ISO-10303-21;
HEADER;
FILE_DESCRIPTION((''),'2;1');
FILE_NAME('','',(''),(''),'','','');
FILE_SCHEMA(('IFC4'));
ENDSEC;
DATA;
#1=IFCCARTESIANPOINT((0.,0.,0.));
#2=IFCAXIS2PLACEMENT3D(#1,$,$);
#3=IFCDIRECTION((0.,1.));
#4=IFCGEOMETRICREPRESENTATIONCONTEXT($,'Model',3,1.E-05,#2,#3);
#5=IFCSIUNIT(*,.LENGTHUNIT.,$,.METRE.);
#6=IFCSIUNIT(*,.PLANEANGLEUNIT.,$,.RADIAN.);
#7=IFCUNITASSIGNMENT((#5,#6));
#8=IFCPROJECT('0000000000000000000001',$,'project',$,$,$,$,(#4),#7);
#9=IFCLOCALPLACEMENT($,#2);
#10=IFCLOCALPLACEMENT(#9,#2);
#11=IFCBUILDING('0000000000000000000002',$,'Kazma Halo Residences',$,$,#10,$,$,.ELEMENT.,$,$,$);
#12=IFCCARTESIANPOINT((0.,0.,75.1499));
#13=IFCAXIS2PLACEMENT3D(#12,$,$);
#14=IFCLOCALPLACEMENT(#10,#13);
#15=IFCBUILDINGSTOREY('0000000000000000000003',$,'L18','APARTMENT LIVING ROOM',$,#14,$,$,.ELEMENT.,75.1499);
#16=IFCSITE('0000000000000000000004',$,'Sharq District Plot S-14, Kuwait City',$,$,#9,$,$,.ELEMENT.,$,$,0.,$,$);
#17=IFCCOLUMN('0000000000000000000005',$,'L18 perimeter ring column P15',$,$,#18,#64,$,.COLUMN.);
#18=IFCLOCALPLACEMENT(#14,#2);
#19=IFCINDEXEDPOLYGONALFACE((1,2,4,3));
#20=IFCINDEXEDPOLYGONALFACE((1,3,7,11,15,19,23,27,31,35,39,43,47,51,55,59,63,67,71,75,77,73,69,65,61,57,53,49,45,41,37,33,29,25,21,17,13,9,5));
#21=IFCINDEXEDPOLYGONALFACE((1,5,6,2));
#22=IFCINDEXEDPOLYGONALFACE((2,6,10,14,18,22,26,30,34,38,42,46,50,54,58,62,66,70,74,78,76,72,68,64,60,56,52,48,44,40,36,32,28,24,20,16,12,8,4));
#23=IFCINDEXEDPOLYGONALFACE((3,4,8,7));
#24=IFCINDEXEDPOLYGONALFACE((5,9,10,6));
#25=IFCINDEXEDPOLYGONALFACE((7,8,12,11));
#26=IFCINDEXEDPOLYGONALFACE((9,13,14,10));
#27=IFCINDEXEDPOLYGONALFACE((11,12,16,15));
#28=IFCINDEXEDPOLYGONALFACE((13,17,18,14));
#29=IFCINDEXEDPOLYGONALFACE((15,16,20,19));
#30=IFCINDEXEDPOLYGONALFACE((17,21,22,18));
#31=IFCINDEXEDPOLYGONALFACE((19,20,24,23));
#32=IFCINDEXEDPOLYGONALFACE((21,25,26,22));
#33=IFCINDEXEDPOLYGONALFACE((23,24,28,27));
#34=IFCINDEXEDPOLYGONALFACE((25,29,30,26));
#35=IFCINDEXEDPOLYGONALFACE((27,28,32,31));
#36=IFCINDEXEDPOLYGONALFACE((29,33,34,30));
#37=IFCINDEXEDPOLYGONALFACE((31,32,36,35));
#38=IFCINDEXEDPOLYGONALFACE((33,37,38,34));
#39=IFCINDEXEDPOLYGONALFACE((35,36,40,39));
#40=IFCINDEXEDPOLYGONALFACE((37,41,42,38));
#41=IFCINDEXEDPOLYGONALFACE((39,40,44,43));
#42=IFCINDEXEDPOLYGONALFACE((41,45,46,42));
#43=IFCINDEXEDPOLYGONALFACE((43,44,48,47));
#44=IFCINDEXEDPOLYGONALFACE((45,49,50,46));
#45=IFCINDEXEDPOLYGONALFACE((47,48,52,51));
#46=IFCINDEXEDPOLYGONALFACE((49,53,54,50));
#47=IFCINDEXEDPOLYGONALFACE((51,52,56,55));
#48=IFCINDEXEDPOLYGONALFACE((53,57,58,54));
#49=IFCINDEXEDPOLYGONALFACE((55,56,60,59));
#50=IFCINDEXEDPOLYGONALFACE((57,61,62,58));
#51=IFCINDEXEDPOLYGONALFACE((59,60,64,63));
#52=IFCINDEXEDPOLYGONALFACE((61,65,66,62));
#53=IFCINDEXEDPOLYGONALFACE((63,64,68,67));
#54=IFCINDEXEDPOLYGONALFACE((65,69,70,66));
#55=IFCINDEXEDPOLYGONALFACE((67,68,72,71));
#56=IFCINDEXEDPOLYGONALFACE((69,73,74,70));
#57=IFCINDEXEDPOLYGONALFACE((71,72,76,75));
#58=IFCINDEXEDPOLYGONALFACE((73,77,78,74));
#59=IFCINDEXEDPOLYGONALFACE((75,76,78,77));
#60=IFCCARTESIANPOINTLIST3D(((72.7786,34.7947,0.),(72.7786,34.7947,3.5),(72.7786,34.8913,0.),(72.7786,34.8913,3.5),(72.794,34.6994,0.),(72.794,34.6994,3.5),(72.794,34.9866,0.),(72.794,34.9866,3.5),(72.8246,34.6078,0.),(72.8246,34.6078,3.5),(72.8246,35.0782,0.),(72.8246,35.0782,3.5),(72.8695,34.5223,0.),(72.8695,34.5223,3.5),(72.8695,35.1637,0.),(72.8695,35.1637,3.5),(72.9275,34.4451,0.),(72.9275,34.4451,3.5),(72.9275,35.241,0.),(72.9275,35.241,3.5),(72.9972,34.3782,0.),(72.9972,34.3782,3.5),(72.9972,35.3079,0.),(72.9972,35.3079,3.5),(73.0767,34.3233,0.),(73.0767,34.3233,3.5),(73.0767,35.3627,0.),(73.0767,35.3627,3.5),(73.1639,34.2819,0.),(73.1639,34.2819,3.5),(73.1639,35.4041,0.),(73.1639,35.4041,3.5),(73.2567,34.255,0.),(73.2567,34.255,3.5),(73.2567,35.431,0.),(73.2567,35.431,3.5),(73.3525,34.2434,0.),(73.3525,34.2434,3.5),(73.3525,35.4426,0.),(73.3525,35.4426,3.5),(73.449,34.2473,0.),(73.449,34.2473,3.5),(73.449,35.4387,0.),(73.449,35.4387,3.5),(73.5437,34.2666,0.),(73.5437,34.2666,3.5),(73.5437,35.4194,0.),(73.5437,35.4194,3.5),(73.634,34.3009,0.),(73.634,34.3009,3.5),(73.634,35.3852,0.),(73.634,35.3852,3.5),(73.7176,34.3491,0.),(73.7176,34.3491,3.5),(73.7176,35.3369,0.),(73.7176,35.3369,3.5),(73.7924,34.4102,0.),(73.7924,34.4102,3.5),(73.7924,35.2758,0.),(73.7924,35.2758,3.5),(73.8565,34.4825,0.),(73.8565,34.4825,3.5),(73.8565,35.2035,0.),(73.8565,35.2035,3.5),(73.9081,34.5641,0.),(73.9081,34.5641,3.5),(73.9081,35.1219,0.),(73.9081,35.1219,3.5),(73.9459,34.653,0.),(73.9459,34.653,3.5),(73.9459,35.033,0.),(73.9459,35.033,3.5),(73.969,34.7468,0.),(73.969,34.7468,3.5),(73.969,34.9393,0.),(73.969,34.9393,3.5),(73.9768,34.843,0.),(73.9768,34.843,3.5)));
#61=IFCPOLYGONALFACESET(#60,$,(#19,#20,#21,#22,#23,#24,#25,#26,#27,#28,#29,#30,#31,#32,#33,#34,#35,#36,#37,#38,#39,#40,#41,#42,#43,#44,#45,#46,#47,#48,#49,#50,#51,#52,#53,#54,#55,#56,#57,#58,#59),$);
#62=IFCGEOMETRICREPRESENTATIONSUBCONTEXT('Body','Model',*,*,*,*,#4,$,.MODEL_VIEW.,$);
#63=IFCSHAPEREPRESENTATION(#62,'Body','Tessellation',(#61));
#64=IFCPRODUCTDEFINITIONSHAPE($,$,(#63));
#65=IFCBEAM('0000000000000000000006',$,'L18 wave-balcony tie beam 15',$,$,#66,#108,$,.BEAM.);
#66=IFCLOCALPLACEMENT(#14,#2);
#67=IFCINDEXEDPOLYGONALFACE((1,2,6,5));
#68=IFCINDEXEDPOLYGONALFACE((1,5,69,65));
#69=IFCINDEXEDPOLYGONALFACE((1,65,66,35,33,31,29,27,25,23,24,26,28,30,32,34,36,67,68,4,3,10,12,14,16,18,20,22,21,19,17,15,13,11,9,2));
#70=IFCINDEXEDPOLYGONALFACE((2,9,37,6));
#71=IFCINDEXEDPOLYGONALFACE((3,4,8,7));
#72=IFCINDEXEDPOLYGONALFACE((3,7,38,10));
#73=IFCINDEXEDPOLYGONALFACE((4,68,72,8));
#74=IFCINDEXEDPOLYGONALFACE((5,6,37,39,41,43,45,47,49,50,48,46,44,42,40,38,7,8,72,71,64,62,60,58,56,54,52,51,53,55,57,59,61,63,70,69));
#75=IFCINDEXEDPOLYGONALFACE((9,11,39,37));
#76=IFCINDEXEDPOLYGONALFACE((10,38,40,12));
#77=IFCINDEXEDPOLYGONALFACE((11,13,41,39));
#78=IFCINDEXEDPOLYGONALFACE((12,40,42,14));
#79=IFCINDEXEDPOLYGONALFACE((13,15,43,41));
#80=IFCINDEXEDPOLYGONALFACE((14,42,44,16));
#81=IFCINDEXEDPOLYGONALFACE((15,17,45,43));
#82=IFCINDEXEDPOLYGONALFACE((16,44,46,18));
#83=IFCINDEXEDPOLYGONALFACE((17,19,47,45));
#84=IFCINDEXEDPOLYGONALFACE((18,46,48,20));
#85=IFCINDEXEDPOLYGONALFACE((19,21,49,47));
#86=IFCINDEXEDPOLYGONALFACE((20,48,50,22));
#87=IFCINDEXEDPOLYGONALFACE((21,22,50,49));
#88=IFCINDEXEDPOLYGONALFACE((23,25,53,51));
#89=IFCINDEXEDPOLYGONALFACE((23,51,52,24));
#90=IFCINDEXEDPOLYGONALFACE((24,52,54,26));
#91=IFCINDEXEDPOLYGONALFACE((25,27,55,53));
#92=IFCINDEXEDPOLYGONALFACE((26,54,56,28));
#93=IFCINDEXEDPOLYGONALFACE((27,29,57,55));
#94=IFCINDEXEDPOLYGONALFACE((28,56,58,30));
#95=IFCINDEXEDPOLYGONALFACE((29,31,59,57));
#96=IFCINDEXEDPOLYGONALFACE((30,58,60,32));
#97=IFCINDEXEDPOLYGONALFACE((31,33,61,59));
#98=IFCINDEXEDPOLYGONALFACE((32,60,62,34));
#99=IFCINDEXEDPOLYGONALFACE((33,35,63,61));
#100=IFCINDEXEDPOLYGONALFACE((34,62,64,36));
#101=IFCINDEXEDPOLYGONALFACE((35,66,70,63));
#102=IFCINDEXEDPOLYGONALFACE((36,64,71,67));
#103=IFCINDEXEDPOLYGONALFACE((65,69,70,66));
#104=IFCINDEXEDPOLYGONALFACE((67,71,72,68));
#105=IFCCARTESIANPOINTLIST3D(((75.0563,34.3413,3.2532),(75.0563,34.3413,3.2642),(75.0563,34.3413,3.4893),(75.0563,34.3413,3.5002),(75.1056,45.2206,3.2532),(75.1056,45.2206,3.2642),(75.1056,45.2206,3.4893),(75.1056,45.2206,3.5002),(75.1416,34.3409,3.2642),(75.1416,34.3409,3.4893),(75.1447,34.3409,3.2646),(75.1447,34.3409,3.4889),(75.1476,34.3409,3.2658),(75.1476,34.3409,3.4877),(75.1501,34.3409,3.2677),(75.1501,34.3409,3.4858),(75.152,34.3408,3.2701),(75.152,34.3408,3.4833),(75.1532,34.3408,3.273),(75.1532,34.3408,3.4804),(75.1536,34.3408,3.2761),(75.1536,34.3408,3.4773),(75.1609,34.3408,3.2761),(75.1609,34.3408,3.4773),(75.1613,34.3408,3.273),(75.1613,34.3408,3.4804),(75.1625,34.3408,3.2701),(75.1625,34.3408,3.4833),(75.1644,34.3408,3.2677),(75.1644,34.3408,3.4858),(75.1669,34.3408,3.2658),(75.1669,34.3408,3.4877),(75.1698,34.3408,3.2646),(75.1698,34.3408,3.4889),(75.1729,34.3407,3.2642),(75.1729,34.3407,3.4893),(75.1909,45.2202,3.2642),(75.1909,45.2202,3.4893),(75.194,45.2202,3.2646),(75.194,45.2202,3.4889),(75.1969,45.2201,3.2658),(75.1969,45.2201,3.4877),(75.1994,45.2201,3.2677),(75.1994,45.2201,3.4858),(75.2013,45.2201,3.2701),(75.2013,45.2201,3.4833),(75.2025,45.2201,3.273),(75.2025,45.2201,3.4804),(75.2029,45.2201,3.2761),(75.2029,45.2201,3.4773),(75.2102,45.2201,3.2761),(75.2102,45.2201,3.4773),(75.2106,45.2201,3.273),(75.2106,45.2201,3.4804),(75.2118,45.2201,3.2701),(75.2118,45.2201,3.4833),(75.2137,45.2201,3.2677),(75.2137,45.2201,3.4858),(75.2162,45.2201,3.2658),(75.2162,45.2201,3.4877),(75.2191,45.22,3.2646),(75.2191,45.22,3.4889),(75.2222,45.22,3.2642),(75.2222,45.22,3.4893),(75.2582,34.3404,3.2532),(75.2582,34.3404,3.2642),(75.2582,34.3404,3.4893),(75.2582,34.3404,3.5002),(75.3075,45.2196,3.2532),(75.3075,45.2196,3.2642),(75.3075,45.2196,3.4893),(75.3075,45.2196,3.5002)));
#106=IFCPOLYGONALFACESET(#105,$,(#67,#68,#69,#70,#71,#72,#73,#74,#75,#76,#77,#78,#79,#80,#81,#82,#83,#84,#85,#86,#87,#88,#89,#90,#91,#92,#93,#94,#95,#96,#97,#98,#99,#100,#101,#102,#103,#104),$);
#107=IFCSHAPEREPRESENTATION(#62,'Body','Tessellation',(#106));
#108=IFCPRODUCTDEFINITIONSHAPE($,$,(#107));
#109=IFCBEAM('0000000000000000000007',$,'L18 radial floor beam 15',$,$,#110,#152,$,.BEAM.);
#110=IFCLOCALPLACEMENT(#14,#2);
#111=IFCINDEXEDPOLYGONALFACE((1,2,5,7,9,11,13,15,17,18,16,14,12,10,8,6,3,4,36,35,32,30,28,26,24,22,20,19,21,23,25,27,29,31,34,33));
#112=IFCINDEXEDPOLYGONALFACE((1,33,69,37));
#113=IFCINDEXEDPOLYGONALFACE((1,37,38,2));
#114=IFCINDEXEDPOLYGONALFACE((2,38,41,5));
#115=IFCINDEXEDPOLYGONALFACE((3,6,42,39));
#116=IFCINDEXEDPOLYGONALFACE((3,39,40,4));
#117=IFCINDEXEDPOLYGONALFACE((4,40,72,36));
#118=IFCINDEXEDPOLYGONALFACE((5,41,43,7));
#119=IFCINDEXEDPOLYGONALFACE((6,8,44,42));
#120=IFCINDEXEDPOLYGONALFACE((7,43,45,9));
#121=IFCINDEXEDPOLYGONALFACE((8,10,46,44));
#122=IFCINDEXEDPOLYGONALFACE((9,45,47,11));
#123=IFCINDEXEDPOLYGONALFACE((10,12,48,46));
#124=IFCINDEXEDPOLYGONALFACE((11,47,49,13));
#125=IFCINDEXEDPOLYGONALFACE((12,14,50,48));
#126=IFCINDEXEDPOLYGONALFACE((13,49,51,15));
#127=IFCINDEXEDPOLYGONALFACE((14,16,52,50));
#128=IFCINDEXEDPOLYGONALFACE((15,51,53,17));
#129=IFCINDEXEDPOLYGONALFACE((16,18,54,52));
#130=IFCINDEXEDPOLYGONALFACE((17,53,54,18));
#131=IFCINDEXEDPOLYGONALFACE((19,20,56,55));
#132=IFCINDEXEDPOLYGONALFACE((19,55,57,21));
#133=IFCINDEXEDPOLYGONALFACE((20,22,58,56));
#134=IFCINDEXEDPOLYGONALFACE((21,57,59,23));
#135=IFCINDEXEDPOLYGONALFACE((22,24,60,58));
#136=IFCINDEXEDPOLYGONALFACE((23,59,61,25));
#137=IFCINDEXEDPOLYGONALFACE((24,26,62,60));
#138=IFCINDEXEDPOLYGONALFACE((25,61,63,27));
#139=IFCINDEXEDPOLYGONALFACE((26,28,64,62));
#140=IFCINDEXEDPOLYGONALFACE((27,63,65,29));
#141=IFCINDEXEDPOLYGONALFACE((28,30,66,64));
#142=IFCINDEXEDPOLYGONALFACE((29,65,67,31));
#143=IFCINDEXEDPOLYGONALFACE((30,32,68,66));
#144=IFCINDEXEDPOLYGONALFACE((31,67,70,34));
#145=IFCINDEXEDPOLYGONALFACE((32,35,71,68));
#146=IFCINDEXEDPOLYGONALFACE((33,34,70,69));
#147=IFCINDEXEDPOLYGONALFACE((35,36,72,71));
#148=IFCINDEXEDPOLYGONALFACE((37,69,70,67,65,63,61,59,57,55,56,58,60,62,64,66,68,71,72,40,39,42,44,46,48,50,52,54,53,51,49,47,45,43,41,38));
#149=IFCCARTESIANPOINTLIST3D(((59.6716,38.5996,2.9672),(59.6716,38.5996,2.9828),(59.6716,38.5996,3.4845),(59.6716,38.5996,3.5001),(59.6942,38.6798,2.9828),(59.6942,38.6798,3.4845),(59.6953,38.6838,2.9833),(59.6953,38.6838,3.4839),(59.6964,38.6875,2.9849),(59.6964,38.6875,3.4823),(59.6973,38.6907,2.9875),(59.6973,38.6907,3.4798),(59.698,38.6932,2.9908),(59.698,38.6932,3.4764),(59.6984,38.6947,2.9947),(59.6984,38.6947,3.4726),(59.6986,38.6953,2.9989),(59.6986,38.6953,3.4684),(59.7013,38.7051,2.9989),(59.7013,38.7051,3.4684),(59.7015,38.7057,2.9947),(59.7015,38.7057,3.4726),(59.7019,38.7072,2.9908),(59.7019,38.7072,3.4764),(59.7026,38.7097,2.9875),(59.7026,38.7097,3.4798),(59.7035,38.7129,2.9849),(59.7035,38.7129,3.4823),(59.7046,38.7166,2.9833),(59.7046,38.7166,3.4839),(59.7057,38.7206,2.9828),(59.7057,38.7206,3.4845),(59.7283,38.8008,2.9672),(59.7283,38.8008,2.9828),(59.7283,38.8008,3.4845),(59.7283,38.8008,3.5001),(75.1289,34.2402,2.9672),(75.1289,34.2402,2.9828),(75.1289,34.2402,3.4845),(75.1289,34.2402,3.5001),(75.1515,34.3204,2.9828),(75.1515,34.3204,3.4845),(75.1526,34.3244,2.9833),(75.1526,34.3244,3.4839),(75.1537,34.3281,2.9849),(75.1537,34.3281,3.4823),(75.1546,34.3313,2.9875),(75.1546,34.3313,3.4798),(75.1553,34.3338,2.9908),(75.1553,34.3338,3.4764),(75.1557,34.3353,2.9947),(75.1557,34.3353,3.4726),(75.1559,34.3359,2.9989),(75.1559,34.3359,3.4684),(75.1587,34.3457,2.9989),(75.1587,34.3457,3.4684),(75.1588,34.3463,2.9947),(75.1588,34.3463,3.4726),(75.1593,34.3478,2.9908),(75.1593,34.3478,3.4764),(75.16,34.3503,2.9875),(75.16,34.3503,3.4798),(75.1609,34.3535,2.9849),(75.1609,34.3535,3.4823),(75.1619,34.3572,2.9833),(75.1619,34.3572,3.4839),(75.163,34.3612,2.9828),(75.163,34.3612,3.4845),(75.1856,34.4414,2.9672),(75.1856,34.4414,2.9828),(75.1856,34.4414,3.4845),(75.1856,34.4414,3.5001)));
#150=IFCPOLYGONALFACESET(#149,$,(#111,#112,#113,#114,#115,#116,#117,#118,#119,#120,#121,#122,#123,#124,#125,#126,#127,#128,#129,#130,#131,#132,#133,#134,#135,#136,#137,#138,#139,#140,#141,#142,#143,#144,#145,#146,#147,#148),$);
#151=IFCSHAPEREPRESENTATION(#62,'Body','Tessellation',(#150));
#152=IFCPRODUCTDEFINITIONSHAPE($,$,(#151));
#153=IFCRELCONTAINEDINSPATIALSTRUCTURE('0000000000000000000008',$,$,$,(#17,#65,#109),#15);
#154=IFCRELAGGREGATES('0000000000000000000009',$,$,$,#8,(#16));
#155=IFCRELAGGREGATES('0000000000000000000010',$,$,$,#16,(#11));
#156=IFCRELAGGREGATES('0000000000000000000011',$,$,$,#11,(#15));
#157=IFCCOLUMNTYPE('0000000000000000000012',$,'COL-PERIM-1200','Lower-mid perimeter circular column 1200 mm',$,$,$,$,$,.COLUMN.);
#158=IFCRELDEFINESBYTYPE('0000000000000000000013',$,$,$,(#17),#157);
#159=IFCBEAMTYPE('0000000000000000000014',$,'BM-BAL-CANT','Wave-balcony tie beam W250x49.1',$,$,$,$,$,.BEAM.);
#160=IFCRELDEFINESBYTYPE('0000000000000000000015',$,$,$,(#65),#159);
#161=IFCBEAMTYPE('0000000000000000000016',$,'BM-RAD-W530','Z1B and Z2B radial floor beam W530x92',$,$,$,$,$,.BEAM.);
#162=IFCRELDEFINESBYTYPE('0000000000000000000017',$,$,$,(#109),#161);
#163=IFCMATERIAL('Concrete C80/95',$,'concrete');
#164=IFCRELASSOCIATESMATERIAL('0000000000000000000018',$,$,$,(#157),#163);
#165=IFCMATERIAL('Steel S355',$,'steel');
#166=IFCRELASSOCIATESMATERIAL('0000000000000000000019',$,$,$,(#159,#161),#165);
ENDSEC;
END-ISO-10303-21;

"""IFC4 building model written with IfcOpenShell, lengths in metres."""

from ifc_helpers import new_model, si_unit, direction, frame, origin, origin_2d, place, context, subcontext, project, spatial, circle, i_section, extrude, material, material_profile, profile_set, type_object, element, save


model = new_model("IFC4")

# Units and contexts
model_context = context("Model", 3, precision=1e-05, world=origin(), true_north=direction((0.0, 1.0)))
body_context = subcontext(model_context, "Body", "Model", "MODEL_VIEW")
ifc_project = project(units=[si_unit("LENGTHUNIT", "METRE"), si_unit("PLANEANGLEUNIT", "RADIAN")], contexts=[model_context])

# Site, building, storey
site_placement = place(None, origin())
site = spatial("IfcSite", under=ifc_project, at=site_placement, Name="Sharq District Plot S-14, Kuwait City", CompositionType="ELEMENT", RefElevation=0.0)
building_placement = place(site_placement, origin())
building = spatial("IfcBuilding", under=site, at=building_placement, Name="Kazma Halo Residences", CompositionType="ELEMENT")
storey_placement = place(building_placement, frame((0.0, 0.0, 75.1499)))
storey = spatial("IfcBuildingStorey", under=building, at=storey_placement, Name="L18", Description="APARTMENT LIVING ROOM", CompositionType="ELEMENT", Elevation=75.1499)

# Column
ifc_material_1 = material(Name="Concrete C80/95", Category="concrete")
ifc_material_profile_1 = material_profile(ifc_material_1, circle(Radius=0.6001, at=origin_2d()), Name="CIRC1200")
ifc_profile_set_1 = profile_set([ifc_material_profile_1], Name="Concrete C80/95")
column_type = type_object("IfcColumnType", Name="COL-PERIM-1200", Description="Lower-mid perimeter circular column 1200 mm", PredefinedType="COLUMN", material=ifc_profile_set_1)
column_placement = place(storey_placement, frame((73.3767, 34.843, 0.0), z_axis=(0.0, 0.0, 1.0), x_axis=(1.0, 0.0, 0.0)))
element("IfcColumn", 1, at=column_placement, inside=storey, type_object=column_type, Name="L18 perimeter ring column P15", PredefinedType="COLUMN", context=body_context, shape_type="SweptSolid", body=[
    extrude(circle(Radius=0.6001, at=origin_2d()), origin(), (0.0, 0.0, 1.0), 3.5),
])

# Beams
ifc_material_2 = material(Name="Steel S355", Category="steel")
ifc_material_profile_2 = material_profile(ifc_material_2, i_section(OverallWidth=0.2019, OverallDepth=0.2471, WebThickness=0.0073, FlangeThickness=0.011, FilletRadius=0.012, at=origin_2d()), Name="W250x49.1")
ifc_profile_set_2 = profile_set([ifc_material_profile_2], Name="Steel S355")
beam_type_1 = type_object("IfcBeamType", Name="BM-BAL-CANT", Description="Wave-balcony tie beam W250x49.1", PredefinedType="BEAM", material=ifc_profile_set_2)
beam_1_placement = place(storey_placement, frame((75.1572, 34.3408, 3.3767), z_axis=(0.004533, 0.99999, 0.0), x_axis=(-0.99999, 0.004533, 0.0)))
element("IfcBeam", 2, at=beam_1_placement, inside=storey, type_object=beam_type_1, Name="L18 wave-balcony tie beam 15", PredefinedType="BEAM", context=body_context, shape_type="SweptSolid", body=[
    extrude(i_section(OverallWidth=0.2019, OverallDepth=0.2471, WebThickness=0.0073, FlangeThickness=0.011, FilletRadius=0.012, at=origin_2d()), origin(), (0.0, 0.0, 1.0), 10.8794),
])
ifc_material_profile_3 = material_profile(ifc_material_2, i_section(OverallWidth=0.209, OverallDepth=0.533, WebThickness=0.0103, FlangeThickness=0.0156, FilletRadius=0.0161, at=origin_2d()), Name="W530x92")
ifc_profile_set_3 = profile_set([ifc_material_profile_3], Name="Steel S355")
beam_type_2 = type_object("IfcBeamType", Name="BM-RAD-W530", Description="Z1B and Z2B radial floor beam W530x92", PredefinedType="BEAM", material=ifc_profile_set_3)
beam_2_placement = place(storey_placement, frame((59.7, 38.7002, 3.2336), z_axis=(0.962456, -0.271439, 0.0), x_axis=(0.271439, 0.962456, 0.0)))
element("IfcBeam", 3, at=beam_2_placement, inside=storey, type_object=beam_type_2, Name="L18 radial floor beam 15", PredefinedType="BEAM", context=body_context, shape_type="SweptSolid", body=[
    extrude(i_section(OverallWidth=0.209, OverallDepth=0.533, WebThickness=0.0103, FlangeThickness=0.0156, FilletRadius=0.0161, at=origin_2d()), origin(), (0.0, 0.0, 1.0), 16.0603),
])

save(model, "model.ifc")
